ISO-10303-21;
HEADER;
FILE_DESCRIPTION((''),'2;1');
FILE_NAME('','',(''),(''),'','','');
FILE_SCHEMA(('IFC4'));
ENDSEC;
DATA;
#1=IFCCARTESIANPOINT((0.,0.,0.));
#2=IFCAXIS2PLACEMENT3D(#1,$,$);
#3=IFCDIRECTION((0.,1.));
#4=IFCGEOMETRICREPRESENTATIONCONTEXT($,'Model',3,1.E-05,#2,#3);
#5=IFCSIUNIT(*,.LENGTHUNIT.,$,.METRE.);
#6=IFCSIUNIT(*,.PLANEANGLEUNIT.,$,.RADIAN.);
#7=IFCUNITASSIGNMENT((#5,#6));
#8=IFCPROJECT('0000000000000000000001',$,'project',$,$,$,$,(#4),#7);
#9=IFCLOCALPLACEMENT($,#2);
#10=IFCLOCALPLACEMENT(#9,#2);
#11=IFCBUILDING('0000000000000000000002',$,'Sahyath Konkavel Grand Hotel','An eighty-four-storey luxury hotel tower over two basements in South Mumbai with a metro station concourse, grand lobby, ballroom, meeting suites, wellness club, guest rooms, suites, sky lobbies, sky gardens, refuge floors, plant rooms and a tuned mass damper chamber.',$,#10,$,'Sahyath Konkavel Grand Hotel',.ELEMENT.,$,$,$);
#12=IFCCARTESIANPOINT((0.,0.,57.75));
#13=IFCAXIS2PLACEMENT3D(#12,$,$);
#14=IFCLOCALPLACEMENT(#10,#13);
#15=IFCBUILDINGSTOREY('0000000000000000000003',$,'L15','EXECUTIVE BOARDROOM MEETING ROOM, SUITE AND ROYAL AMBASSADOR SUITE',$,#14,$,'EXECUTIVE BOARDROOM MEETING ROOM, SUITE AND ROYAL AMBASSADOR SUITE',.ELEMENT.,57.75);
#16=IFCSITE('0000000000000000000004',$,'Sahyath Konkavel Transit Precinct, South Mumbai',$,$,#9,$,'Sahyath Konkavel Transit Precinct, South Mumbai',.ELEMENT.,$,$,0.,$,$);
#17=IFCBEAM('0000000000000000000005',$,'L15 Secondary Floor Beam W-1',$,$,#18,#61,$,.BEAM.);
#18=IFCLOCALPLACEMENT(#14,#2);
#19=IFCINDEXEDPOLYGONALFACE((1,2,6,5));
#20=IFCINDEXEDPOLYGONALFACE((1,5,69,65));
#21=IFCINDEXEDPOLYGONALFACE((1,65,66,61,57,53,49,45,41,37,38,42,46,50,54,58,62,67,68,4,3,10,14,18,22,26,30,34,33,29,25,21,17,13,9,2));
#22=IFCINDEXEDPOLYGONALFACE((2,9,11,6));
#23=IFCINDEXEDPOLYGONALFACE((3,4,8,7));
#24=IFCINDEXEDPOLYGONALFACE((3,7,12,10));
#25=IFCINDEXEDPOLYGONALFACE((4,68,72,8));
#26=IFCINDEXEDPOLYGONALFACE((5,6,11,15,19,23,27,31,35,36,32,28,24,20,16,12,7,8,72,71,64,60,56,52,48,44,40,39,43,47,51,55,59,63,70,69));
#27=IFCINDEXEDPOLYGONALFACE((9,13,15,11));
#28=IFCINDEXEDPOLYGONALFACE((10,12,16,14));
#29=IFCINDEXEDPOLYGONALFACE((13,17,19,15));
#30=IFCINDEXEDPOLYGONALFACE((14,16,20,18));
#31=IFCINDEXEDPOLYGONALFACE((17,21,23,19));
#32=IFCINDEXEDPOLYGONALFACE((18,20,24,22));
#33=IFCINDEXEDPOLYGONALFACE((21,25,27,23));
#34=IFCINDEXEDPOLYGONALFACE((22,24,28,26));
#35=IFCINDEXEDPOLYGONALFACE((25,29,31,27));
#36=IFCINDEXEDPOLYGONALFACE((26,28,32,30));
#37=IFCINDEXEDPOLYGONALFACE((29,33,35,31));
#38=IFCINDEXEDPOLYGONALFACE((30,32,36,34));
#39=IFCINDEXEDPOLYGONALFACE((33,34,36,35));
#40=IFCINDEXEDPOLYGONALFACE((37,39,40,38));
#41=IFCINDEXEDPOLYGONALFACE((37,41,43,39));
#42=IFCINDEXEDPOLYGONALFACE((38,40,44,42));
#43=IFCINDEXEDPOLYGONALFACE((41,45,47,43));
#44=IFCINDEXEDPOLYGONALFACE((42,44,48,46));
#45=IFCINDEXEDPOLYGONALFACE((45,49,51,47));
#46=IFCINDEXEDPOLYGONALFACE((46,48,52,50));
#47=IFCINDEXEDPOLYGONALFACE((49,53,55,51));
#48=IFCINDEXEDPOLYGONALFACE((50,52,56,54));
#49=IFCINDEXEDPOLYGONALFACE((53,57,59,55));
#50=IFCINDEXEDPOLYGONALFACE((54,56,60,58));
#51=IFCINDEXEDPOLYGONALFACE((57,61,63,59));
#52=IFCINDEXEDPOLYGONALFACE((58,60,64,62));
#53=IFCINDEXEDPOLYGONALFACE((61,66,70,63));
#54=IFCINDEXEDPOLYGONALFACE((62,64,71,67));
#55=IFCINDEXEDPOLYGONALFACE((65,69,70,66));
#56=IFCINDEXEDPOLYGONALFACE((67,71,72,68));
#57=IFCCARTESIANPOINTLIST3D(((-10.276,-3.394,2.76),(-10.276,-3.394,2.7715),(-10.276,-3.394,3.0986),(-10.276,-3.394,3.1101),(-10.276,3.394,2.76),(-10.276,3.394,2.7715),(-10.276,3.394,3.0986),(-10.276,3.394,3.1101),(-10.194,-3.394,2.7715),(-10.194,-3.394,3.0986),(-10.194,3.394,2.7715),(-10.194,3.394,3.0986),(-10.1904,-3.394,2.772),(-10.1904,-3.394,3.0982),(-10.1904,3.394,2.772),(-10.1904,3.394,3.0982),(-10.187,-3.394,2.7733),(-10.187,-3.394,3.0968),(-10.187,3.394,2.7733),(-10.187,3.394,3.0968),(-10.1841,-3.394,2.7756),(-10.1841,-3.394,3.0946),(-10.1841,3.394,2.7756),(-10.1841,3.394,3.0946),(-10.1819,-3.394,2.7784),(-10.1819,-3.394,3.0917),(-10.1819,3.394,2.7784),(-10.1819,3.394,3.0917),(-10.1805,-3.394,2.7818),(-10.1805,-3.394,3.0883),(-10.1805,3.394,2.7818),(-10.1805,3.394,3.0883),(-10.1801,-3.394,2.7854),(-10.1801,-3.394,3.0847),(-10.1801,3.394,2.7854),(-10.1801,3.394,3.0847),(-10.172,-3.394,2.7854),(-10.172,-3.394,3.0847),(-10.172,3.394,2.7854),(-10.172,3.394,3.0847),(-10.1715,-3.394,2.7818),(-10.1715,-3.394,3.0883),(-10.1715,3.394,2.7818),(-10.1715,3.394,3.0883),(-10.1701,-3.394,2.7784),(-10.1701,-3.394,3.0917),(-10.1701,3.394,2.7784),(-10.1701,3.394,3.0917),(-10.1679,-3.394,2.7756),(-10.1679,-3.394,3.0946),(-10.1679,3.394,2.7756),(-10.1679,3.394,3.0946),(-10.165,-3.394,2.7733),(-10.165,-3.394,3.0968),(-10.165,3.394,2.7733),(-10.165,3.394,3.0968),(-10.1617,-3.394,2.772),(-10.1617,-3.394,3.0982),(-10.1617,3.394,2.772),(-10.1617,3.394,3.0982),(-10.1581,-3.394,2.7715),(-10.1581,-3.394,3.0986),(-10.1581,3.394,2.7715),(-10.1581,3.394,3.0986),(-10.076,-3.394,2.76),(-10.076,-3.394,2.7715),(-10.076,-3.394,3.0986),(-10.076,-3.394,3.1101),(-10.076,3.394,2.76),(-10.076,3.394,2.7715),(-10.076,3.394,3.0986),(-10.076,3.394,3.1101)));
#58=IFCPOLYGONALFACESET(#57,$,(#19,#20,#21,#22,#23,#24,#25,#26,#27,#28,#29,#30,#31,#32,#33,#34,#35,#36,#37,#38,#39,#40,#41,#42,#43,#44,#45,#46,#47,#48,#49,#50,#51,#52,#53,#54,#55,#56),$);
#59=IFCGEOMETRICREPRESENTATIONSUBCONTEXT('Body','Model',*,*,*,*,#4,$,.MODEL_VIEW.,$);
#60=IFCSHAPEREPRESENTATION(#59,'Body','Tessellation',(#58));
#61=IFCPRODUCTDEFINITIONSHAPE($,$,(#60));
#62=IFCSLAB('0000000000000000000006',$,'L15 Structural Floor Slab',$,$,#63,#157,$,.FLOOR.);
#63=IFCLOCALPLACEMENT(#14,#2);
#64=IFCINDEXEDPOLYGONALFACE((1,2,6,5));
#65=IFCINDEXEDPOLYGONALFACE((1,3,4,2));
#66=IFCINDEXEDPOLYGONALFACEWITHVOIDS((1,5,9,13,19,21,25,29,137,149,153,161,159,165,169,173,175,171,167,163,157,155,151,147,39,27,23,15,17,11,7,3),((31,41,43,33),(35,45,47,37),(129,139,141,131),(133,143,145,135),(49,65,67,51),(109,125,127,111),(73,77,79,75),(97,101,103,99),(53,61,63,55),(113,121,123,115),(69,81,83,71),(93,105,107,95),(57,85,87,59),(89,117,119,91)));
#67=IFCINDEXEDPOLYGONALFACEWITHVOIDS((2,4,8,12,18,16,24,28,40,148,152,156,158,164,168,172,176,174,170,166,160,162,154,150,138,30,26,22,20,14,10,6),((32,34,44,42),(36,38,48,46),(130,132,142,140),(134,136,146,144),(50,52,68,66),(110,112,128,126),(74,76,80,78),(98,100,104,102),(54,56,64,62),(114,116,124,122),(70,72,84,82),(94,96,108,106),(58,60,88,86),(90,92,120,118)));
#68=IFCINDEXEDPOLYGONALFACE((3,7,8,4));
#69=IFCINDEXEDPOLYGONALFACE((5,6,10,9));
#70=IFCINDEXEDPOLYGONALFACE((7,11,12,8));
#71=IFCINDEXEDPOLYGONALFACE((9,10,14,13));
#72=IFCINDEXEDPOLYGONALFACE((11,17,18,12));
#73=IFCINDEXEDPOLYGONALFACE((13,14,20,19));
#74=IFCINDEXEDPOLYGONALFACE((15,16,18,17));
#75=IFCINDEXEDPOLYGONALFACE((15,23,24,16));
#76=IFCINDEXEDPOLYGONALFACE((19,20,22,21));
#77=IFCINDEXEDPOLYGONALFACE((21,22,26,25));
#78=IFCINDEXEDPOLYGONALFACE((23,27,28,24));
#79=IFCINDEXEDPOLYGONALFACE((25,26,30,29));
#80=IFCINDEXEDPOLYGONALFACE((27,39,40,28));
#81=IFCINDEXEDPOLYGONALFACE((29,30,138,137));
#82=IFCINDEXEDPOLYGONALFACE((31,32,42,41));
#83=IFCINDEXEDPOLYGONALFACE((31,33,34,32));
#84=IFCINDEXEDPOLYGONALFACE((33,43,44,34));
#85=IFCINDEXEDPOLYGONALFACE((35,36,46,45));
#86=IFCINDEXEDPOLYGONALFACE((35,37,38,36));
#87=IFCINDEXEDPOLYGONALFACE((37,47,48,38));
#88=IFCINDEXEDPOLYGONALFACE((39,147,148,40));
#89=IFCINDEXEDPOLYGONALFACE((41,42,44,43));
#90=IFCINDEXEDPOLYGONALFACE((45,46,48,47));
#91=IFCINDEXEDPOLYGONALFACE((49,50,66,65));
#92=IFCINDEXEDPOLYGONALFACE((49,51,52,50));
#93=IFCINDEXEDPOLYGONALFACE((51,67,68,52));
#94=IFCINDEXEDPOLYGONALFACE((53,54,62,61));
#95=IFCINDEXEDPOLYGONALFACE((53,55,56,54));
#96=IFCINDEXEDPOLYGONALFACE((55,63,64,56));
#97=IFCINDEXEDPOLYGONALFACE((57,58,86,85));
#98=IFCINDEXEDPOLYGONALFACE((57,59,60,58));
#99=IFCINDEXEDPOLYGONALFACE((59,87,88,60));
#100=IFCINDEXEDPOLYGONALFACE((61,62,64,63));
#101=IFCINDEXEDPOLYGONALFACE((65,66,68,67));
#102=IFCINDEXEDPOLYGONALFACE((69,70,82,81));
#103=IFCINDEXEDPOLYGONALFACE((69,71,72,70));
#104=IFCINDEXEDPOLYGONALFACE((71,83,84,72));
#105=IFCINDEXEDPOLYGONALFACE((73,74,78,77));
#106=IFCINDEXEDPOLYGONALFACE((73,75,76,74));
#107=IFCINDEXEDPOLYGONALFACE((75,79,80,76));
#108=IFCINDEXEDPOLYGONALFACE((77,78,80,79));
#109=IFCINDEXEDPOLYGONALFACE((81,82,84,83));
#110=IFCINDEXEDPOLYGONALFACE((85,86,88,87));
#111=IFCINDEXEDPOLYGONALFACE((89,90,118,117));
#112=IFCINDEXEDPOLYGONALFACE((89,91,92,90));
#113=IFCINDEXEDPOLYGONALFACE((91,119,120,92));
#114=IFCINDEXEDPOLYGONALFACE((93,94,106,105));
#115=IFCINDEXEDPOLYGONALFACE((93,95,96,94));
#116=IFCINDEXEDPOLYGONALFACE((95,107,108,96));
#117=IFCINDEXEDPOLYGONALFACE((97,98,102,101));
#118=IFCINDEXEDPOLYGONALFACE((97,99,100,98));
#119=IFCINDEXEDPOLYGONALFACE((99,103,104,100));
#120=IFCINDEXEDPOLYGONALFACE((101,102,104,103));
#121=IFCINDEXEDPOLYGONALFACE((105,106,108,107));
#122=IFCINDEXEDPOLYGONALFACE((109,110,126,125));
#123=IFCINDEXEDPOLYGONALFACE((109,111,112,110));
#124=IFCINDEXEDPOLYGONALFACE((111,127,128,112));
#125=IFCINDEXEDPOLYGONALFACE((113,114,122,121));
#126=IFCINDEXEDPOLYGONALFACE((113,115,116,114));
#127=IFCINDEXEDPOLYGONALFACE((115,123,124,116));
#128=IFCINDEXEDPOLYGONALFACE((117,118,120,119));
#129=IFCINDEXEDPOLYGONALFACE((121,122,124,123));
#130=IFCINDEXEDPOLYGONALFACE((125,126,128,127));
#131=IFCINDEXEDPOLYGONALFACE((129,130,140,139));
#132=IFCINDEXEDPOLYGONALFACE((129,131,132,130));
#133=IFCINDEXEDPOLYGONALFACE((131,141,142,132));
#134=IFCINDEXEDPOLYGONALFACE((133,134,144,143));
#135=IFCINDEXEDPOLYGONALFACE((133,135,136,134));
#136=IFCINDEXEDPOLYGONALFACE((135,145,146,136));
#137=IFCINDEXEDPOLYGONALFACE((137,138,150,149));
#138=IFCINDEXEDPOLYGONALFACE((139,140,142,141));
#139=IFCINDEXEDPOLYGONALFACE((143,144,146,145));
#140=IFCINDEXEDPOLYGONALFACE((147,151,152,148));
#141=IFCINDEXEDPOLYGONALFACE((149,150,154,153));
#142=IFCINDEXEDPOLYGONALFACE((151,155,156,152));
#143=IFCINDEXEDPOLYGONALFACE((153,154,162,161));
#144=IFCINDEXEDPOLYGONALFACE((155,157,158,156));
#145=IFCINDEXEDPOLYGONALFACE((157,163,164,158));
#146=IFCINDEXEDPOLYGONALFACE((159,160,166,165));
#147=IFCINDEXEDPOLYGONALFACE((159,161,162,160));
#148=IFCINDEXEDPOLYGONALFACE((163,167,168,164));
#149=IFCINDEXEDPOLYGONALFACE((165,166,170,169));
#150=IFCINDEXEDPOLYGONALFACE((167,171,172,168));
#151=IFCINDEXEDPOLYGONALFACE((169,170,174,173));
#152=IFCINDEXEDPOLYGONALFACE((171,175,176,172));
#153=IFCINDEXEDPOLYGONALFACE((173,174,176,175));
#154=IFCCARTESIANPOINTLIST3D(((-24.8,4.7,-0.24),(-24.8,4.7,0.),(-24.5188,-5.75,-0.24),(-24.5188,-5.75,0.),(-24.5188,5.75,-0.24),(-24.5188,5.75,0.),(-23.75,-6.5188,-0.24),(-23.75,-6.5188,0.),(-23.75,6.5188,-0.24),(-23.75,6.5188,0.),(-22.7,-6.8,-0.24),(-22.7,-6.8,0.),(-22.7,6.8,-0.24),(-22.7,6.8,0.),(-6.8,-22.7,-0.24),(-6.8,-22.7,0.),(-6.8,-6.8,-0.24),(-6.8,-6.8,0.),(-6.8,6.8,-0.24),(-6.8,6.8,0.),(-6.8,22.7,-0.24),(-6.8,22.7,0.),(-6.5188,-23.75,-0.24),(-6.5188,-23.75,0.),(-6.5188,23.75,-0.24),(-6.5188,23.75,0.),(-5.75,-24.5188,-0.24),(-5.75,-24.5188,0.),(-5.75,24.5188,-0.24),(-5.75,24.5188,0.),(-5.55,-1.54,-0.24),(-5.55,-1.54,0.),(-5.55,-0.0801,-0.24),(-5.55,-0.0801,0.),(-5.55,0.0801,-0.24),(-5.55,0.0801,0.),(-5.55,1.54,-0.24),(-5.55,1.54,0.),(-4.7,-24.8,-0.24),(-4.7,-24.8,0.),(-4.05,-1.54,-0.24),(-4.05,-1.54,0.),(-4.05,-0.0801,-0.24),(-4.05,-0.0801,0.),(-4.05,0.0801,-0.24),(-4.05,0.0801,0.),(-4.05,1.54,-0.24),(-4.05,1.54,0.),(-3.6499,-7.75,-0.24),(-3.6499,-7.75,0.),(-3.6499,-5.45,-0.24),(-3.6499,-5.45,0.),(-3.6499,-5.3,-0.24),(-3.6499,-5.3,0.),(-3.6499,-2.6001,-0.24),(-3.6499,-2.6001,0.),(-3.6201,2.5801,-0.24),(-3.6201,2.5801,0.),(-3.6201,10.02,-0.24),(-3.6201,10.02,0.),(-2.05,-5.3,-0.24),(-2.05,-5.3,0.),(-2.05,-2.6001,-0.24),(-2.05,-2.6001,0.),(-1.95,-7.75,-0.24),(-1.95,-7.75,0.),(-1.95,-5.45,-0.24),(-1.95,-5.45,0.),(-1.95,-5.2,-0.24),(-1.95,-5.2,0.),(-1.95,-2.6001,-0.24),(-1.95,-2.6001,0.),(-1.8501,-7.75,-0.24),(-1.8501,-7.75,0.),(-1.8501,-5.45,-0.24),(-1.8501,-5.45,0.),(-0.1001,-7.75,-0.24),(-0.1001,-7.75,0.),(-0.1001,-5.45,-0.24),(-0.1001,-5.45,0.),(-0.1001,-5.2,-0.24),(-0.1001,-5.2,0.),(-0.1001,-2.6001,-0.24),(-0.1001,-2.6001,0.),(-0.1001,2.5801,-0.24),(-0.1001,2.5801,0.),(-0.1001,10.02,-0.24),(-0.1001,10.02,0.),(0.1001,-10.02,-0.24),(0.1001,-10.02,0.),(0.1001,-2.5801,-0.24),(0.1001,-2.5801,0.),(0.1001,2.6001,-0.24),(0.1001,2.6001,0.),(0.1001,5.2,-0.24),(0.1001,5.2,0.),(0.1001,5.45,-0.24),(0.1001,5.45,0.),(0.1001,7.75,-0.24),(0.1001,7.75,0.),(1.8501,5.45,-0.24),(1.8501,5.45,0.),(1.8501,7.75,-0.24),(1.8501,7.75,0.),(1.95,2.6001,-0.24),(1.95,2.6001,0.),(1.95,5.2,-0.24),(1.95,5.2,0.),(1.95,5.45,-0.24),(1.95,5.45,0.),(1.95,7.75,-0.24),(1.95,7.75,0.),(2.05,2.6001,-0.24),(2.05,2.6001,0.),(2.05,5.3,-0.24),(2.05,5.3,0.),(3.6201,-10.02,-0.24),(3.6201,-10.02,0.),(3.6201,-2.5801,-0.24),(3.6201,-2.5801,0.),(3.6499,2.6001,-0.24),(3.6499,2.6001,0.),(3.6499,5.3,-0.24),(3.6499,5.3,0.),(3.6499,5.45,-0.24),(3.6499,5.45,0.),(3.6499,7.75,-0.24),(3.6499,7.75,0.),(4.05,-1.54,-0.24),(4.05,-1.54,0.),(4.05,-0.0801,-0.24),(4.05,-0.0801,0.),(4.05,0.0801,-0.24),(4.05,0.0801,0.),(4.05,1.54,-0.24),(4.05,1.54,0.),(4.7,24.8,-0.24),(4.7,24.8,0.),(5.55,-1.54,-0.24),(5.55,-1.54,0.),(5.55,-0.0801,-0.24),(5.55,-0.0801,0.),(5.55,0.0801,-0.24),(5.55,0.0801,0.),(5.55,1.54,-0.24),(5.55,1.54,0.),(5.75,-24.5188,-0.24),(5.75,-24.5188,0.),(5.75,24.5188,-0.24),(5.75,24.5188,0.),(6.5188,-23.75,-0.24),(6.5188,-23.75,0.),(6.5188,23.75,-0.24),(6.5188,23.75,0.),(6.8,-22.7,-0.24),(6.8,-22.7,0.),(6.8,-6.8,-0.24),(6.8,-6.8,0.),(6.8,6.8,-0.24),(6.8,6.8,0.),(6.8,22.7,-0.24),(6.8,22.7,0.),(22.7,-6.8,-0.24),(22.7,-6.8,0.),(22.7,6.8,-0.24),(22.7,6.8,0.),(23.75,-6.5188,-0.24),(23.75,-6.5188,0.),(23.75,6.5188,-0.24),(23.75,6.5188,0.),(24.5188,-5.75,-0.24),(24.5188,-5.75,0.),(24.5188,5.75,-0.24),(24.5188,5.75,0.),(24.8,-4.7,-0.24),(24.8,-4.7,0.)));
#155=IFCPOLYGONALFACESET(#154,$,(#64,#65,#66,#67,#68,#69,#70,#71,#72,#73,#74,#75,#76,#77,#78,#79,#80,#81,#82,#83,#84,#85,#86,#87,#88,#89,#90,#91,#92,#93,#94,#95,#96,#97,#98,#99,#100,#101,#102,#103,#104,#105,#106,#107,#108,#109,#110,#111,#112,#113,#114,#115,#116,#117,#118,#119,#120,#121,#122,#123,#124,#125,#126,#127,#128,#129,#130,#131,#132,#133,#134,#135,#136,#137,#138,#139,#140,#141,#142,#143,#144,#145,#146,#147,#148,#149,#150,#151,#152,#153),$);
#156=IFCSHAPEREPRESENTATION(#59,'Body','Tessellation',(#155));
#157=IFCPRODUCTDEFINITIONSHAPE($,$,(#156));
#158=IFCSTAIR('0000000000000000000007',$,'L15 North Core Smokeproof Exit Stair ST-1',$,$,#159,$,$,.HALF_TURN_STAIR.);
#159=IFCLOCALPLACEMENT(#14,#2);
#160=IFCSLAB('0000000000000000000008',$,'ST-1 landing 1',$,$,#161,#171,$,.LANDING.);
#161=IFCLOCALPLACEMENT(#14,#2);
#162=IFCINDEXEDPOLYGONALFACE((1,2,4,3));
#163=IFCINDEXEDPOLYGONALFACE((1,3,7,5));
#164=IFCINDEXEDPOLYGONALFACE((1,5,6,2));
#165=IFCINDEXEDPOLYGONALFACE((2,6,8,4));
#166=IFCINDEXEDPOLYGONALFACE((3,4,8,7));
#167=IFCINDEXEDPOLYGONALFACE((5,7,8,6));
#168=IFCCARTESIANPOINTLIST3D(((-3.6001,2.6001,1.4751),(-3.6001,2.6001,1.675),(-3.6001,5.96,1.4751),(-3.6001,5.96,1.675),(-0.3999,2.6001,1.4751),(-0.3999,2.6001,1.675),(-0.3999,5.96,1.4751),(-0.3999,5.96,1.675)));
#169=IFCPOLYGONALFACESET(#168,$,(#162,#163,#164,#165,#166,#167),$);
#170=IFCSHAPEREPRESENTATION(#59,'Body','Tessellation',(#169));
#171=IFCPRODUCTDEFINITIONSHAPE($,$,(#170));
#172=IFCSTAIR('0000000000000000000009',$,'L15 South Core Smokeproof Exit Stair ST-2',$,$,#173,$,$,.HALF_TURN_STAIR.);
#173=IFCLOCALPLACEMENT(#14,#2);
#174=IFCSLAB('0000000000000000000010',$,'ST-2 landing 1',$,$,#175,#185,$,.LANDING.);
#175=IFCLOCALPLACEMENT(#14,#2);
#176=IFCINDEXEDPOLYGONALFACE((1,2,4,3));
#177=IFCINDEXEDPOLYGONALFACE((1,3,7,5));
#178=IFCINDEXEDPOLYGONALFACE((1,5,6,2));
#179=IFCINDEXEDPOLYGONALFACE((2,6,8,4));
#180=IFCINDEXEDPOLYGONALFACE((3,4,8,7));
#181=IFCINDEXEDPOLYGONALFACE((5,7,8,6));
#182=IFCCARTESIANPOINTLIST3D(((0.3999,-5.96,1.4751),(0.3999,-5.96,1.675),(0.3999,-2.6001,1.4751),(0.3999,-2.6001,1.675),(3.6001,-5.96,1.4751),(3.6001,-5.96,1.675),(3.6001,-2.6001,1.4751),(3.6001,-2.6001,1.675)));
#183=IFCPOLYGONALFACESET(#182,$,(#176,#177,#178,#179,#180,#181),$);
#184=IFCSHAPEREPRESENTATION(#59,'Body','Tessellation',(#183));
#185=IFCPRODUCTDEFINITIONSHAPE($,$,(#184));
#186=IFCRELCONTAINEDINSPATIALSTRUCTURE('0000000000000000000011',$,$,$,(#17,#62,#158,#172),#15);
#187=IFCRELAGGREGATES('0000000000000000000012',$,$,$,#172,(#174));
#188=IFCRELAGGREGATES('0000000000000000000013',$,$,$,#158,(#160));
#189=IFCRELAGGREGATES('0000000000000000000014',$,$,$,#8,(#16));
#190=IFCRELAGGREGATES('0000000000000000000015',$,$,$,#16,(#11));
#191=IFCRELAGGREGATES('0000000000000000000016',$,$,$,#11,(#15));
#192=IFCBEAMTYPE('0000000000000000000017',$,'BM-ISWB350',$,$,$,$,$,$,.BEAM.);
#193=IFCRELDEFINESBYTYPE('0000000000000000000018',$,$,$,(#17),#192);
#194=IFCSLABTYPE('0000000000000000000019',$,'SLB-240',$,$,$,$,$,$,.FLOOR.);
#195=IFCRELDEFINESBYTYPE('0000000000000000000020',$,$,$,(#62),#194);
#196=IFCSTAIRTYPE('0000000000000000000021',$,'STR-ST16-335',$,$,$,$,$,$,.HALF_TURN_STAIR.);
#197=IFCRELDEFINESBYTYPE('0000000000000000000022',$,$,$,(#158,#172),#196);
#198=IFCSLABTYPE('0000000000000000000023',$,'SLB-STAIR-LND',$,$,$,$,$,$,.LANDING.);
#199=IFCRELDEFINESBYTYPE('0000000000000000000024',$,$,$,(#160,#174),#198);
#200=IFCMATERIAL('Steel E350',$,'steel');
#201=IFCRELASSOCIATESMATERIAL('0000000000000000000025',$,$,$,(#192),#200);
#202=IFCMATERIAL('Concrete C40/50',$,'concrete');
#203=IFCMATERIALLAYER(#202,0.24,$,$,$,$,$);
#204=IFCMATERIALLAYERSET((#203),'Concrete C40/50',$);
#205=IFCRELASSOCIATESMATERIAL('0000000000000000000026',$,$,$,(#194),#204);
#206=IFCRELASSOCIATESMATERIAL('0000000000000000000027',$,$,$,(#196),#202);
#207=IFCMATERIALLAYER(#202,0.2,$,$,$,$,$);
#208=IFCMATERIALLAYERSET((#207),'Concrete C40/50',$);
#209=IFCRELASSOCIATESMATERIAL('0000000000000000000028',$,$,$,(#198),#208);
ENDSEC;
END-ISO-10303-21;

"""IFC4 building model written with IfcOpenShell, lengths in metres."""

from ifc_helpers import new_model, si_unit, direction, frame, origin, origin_2d, place, context, subcontext, project, spatial, polyline, i_section, outline, extrude, source, transform, mapped, material, layer, layer_set, material_profile, profile_set, type_object, element, aggregate, save


model = new_model("IFC4")

# Units and contexts
model_context = context("Model", 3, precision=1e-05, world=origin(), true_north=direction((0.0, 1.0)))
body_context = subcontext(model_context, "Body", "Model", "MODEL_VIEW")
ifc_project = project(units=[si_unit("LENGTHUNIT", "METRE"), si_unit("PLANEANGLEUNIT", "RADIAN")], contexts=[model_context])

# Site, building, storey
site_placement = place(None, origin())
site = spatial("IfcSite", under=ifc_project, at=site_placement, Name="Sahyath Konkavel Transit Precinct, South Mumbai", LongName="Sahyath Konkavel Transit Precinct, South Mumbai", CompositionType="ELEMENT", RefElevation=0.0)
building_placement = place(site_placement, origin())
building = spatial("IfcBuilding", under=site, at=building_placement, Name="Sahyath Konkavel Grand Hotel", Description="An eighty-four-storey luxury hotel tower over two basements in South Mumbai with a metro station concourse, grand lobby, ballroom, meeting suites, wellness club, guest rooms, suites, sky lobbies, sky gardens, refuge floors, plant rooms and a tuned mass damper chamber.", LongName="Sahyath Konkavel Grand Hotel", CompositionType="ELEMENT")
storey_placement = place(building_placement, frame((0.0, 0.0, 57.75)))
storey = spatial("IfcBuildingStorey", under=building, at=storey_placement, Name="L15", Description="EXECUTIVE BOARDROOM MEETING ROOM, SUITE AND ROYAL AMBASSADOR SUITE", LongName="EXECUTIVE BOARDROOM MEETING ROOM, SUITE AND ROYAL AMBASSADOR SUITE", CompositionType="ELEMENT", Elevation=57.75)

# Beam
ifc_material_1 = material(Name="Steel E350", Category="steel")
ifc_material_profile_1 = material_profile(ifc_material_1, i_section(OverallWidth=0.2, OverallDepth=0.3501, WebThickness=0.0081, FlangeThickness=0.0115, FilletRadius=0.0139, at=origin_2d()), Name="ISWB 350")
ifc_profile_set_1 = profile_set([ifc_material_profile_1], Name="Steel E350")
beam_type_1 = type_object("IfcBeamType", Name="BM-ISWB350", PredefinedType="BEAM", material=ifc_profile_set_1)
shared_shape_1 = source(origin(), body_context, "Body", "SweptSolid", [
    extrude(i_section(OverallWidth=0.2, OverallDepth=0.3501, WebThickness=0.0081, FlangeThickness=0.0115, FilletRadius=0.0139, at=origin_2d()), origin(), (0.0, 0.0, 1.0), 6.7881),
])
beam_1_placement = place(storey_placement, frame((-10.176, 3.394, 2.9351), z_axis=(0.0, -1.0, 0.0), x_axis=(1.0, 0.0, 0.0)))
element("IfcBeam", 1, at=beam_1_placement, inside=storey, type_object=beam_type_1, Name="L15 Secondary Floor Beam W-1", PredefinedType="BEAM", context=body_context, shape_type="MappedRepresentation", body=[
    mapped(shared_shape_1, transform((0.0, 0.0, 0.0), scale=1.0)),
])

# Slab
ifc_material_2 = material(Name="Concrete C40/50", Category="concrete")
ifc_layer_1 = layer(ifc_material_2, 0.24)
ifc_layer_set_1 = layer_set([ifc_layer_1], Name="Concrete C40/50")
slab_type_1 = type_object("IfcSlabType", Name="SLB-240", PredefinedType="FLOOR", material=ifc_layer_set_1)
slab_1_placement = place(storey_placement, frame((0.0, 0.0, -0.24)))
element("IfcSlab", 2, at=slab_1_placement, inside=storey, type_object=slab_type_1, Name="L15 Structural Floor Slab", PredefinedType="FLOOR", context=body_context, shape_type="SweptSolid", body=[
    extrude(outline(polyline([(6.8, -6.8), (22.7, -6.8), (23.75, -6.5188), (24.5188, -5.75), (24.8, -4.7), (24.5188, 5.75), (23.75, 6.5188), (22.7, 6.8), (6.8, 6.8), (6.8, 22.7), (6.5188, 23.75), (5.75, 24.5188), (4.7, 24.8), (-5.75, 24.5188), (-6.5188, 23.75), (-6.8, 22.7), (-6.8, 6.8), (-22.7, 6.8), (-23.75, 6.5188), (-24.5188, 5.75), (-24.8, 4.7), (-24.5188, -5.75), (-23.75, -6.5188), (-22.7, -6.8), (-6.8, -6.8), (-6.8, -22.7), (-6.5188, -23.75), (-5.75, -24.5188), (-4.7, -24.8), (5.75, -24.5188), (6.5188, -23.75), (6.8, -22.7), (6.8, -6.8)]), holes=[polyline([(-3.6201, 2.5801), (-0.1001, 2.5801), (-0.1001, 10.02), (-3.6201, 10.02), (-3.6201, 2.5801)]), polyline([(0.1001, -10.02), (3.6201, -10.02), (3.6201, -2.5801), (0.1001, -2.5801), (0.1001, -10.02)]), polyline([(0.1001, 2.6001), (1.95, 2.6001), (1.95, 5.2), (0.1001, 5.2), (0.1001, 2.6001)]), polyline([(-1.95, -5.2), (-0.1001, -5.2), (-0.1001, -2.6001), (-1.95, -2.6001), (-1.95, -5.2)]), polyline([(2.05, 2.6001), (3.6499, 2.6001), (3.6499, 5.3), (2.05, 5.3), (2.05, 2.6001)]), polyline([(-3.6499, -5.3), (-2.05, -5.3), (-2.05, -2.6001), (-3.6499, -2.6001), (-3.6499, -5.3)]), polyline([(0.1001, 5.45), (1.8501, 5.45), (1.8501, 7.75), (0.1001, 7.75), (0.1001, 5.45)]), polyline([(1.95, 5.45), (3.6499, 5.45), (3.6499, 7.75), (1.95, 7.75), (1.95, 5.45)]), polyline([(-3.6499, -7.75), (-1.95, -7.75), (-1.95, -5.45), (-3.6499, -5.45), (-3.6499, -7.75)]), polyline([(-1.8501, -7.75), (-0.1001, -7.75), (-0.1001, -5.45), (-1.8501, -5.45), (-1.8501, -7.75)]), polyline([(4.05, 0.0801), (5.55, 0.0801), (5.55, 1.54), (4.05, 1.54), (4.05, 0.0801)]), polyline([(4.05, -1.54), (5.55, -1.54), (5.55, -0.0801), (4.05, -0.0801), (4.05, -1.54)]), polyline([(-5.55, 0.0801), (-4.05, 0.0801), (-4.05, 1.54), (-5.55, 1.54), (-5.55, 0.0801)]), polyline([(-5.55, -1.54), (-4.05, -1.54), (-4.05, -0.0801), (-5.55, -0.0801), (-5.55, -1.54)])]), origin(), (0.0, 0.0, 1.0), 0.24),
])

# Stairs, slabs
stair_type = type_object("IfcStairType", Name="STR-ST16-335", PredefinedType="HALF_TURN_STAIR", material=ifc_material_2)
stair_1_placement = place(storey_placement, origin())
stair_1 = element("IfcStair", 3, at=stair_1_placement, inside=storey, type_object=stair_type, Name="L15 North Core Smokeproof Exit Stair ST-1", PredefinedType="HALF_TURN_STAIR")
ifc_layer_2 = layer(ifc_material_2, 0.2)
ifc_layer_set_2 = layer_set([ifc_layer_2], Name="Concrete C40/50")
slab_type_2 = type_object("IfcSlabType", Name="SLB-STAIR-LND", PredefinedType="LANDING", material=ifc_layer_set_2)
slab_2_placement = place(storey_placement, frame((0.0, 0.0, 1.4751)))
slab_2 = element("IfcSlab", 4, at=slab_2_placement, type_object=slab_type_2, Name="ST-1 landing 1", PredefinedType="LANDING", context=body_context, shape_type="SweptSolid", body=[
    extrude(outline(polyline([(-3.6001, 5.96), (-3.6001, 2.6001), (-0.3999, 2.6001), (-0.3999, 5.96), (-3.6001, 5.96)])), origin(), (0.0, 0.0, 1.0), 0.2),
])
stair_2_placement = place(storey_placement, origin())
stair_2 = element("IfcStair", 5, at=stair_2_placement, inside=storey, type_object=stair_type, Name="L15 South Core Smokeproof Exit Stair ST-2", PredefinedType="HALF_TURN_STAIR")
slab_3_placement = place(storey_placement, frame((0.0, 0.0, 1.4751)))
slab_3 = element("IfcSlab", 6, at=slab_3_placement, type_object=slab_type_2, Name="ST-2 landing 1", PredefinedType="LANDING", context=body_context, shape_type="SweptSolid", body=[
    extrude(outline(polyline([(3.6001, -5.96), (3.6001, -2.6001), (0.3999, -2.6001), (0.3999, -5.96), (3.6001, -5.96)])), origin(), (0.0, 0.0, 1.0), 0.2),
])
aggregate(stair_2, [slab_3])

aggregate(stair_1, [slab_2])

save(model, "model.ifc")
